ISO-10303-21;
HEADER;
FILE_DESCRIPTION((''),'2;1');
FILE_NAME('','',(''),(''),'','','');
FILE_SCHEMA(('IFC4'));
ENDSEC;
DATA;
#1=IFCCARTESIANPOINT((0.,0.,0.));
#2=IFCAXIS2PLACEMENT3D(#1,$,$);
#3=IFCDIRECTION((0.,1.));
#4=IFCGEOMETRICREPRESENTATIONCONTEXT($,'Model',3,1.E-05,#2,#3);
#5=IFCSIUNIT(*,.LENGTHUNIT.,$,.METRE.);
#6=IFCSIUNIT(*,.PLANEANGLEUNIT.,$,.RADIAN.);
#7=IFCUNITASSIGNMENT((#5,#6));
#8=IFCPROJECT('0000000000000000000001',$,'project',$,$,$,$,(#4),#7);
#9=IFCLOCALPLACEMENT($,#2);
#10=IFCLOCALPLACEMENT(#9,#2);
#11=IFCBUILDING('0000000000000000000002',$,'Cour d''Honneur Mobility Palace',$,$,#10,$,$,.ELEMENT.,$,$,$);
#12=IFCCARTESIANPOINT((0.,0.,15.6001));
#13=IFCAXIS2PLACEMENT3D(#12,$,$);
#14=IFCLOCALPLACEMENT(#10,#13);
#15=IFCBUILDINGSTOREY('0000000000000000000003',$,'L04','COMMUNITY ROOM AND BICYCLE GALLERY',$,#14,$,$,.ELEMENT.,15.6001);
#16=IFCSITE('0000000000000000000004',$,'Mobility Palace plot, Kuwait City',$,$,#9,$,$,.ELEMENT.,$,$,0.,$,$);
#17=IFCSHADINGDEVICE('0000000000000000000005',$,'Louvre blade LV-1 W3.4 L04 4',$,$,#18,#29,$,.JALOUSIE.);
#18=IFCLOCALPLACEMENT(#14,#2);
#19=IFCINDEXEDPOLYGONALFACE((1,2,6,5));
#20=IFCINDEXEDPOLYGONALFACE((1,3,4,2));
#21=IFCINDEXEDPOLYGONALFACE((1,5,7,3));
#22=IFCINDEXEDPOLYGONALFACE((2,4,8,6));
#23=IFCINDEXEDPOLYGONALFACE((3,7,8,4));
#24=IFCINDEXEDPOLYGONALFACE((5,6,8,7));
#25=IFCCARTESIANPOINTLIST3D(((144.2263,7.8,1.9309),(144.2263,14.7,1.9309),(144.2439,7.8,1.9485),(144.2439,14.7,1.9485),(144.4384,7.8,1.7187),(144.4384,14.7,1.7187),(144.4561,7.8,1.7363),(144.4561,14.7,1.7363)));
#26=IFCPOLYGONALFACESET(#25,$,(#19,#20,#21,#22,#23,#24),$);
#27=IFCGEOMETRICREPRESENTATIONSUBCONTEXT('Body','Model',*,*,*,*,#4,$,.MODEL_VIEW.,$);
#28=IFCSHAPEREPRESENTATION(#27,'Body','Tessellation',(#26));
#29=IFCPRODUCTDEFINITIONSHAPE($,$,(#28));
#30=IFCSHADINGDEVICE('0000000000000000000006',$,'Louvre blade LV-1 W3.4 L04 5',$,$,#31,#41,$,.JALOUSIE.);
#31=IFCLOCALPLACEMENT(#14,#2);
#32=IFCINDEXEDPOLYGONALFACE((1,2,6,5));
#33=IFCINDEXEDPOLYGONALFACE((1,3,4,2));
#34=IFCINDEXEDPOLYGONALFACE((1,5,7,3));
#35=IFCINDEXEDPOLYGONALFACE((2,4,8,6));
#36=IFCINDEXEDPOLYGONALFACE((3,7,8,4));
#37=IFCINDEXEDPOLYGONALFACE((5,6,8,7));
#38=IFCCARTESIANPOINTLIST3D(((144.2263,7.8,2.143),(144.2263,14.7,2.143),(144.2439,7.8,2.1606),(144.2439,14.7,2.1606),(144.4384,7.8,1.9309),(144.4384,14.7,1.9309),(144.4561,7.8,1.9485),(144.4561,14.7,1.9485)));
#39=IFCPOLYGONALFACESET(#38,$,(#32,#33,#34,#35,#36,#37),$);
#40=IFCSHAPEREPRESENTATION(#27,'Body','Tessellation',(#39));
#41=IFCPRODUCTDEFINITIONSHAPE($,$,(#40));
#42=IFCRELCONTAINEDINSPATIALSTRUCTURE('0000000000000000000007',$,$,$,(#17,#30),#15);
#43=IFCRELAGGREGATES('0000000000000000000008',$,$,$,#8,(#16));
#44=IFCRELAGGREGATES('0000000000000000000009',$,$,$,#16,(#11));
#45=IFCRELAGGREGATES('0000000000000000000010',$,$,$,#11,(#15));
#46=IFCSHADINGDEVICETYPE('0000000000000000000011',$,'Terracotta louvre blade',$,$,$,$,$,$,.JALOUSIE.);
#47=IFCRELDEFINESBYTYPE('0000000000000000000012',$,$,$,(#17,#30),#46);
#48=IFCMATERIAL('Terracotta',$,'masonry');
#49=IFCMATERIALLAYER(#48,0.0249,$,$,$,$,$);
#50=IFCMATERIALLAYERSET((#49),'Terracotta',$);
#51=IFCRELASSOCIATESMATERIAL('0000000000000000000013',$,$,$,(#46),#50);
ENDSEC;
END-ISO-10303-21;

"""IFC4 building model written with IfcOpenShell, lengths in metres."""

from ifc_helpers import new_model, si_unit, direction, frame, origin, place, context, subcontext, project, spatial, polyline, outline, extrude, material, layer, layer_set, type_object, element, save


model = new_model("IFC4")

# Units and contexts
model_context = context("Model", 3, precision=1e-05, world=origin(), true_north=direction((0.0, 1.0)))
body_context = subcontext(model_context, "Body", "Model", "MODEL_VIEW")
ifc_project = project(units=[si_unit("LENGTHUNIT", "METRE"), si_unit("PLANEANGLEUNIT", "RADIAN")], contexts=[model_context])

# Site, building, storey
site_placement = place(None, origin())
site = spatial("IfcSite", under=ifc_project, at=site_placement, Name="Mobility Palace plot, Kuwait City", CompositionType="ELEMENT", RefElevation=0.0)
building_placement = place(site_placement, origin())
building = spatial("IfcBuilding", under=site, at=building_placement, Name="Cour d'Honneur Mobility Palace", CompositionType="ELEMENT")
storey_placement = place(building_placement, frame((0.0, 0.0, 15.6001)))
storey = spatial("IfcBuildingStorey", under=building, at=storey_placement, Name="L04", Description="COMMUNITY ROOM AND BICYCLE GALLERY", CompositionType="ELEMENT", Elevation=15.6001)

# Shading devices
ifc_material_1 = material(Name="Terracotta", Category="masonry")
ifc_layer_1 = layer(ifc_material_1, 0.0249)
ifc_layer_set_1 = layer_set([ifc_layer_1], Name="Terracotta")
shading_device_type = type_object("IfcShadingDeviceType", Name="Terracotta louvre blade", PredefinedType="JALOUSIE", material=ifc_layer_set_1)
for number, where, z_axis, x_axis, name in (
    (1, (144.4561, 14.7, 1.7363), (0.707107, 0.0, 0.707107), (0.0, -1.0, 0.0), "Louvre blade LV-1 W3.4 L04 4"),
    (2, (144.4561, 14.7, 1.9485), (0.707107, 0.0, 0.707107), (0.0, -1.0, 0.0), "Louvre blade LV-1 W3.4 L04 5"),
):
    element("IfcShadingDevice", number, at=place(storey_placement, frame(where, z_axis=z_axis, x_axis=x_axis)), inside=storey, type_object=shading_device_type, Name=name, PredefinedType="JALOUSIE", context=body_context, shape_type="SweptSolid", body=[
        extrude(outline(polyline([(0.0, 0.0), (6.8999, 0.0), (6.8999, -0.3), (0.0, -0.3), (0.0, 0.0)])), origin(), (0.0, 0.0, -1.0), 0.0249),
    ])

save(model, "model.ifc")
